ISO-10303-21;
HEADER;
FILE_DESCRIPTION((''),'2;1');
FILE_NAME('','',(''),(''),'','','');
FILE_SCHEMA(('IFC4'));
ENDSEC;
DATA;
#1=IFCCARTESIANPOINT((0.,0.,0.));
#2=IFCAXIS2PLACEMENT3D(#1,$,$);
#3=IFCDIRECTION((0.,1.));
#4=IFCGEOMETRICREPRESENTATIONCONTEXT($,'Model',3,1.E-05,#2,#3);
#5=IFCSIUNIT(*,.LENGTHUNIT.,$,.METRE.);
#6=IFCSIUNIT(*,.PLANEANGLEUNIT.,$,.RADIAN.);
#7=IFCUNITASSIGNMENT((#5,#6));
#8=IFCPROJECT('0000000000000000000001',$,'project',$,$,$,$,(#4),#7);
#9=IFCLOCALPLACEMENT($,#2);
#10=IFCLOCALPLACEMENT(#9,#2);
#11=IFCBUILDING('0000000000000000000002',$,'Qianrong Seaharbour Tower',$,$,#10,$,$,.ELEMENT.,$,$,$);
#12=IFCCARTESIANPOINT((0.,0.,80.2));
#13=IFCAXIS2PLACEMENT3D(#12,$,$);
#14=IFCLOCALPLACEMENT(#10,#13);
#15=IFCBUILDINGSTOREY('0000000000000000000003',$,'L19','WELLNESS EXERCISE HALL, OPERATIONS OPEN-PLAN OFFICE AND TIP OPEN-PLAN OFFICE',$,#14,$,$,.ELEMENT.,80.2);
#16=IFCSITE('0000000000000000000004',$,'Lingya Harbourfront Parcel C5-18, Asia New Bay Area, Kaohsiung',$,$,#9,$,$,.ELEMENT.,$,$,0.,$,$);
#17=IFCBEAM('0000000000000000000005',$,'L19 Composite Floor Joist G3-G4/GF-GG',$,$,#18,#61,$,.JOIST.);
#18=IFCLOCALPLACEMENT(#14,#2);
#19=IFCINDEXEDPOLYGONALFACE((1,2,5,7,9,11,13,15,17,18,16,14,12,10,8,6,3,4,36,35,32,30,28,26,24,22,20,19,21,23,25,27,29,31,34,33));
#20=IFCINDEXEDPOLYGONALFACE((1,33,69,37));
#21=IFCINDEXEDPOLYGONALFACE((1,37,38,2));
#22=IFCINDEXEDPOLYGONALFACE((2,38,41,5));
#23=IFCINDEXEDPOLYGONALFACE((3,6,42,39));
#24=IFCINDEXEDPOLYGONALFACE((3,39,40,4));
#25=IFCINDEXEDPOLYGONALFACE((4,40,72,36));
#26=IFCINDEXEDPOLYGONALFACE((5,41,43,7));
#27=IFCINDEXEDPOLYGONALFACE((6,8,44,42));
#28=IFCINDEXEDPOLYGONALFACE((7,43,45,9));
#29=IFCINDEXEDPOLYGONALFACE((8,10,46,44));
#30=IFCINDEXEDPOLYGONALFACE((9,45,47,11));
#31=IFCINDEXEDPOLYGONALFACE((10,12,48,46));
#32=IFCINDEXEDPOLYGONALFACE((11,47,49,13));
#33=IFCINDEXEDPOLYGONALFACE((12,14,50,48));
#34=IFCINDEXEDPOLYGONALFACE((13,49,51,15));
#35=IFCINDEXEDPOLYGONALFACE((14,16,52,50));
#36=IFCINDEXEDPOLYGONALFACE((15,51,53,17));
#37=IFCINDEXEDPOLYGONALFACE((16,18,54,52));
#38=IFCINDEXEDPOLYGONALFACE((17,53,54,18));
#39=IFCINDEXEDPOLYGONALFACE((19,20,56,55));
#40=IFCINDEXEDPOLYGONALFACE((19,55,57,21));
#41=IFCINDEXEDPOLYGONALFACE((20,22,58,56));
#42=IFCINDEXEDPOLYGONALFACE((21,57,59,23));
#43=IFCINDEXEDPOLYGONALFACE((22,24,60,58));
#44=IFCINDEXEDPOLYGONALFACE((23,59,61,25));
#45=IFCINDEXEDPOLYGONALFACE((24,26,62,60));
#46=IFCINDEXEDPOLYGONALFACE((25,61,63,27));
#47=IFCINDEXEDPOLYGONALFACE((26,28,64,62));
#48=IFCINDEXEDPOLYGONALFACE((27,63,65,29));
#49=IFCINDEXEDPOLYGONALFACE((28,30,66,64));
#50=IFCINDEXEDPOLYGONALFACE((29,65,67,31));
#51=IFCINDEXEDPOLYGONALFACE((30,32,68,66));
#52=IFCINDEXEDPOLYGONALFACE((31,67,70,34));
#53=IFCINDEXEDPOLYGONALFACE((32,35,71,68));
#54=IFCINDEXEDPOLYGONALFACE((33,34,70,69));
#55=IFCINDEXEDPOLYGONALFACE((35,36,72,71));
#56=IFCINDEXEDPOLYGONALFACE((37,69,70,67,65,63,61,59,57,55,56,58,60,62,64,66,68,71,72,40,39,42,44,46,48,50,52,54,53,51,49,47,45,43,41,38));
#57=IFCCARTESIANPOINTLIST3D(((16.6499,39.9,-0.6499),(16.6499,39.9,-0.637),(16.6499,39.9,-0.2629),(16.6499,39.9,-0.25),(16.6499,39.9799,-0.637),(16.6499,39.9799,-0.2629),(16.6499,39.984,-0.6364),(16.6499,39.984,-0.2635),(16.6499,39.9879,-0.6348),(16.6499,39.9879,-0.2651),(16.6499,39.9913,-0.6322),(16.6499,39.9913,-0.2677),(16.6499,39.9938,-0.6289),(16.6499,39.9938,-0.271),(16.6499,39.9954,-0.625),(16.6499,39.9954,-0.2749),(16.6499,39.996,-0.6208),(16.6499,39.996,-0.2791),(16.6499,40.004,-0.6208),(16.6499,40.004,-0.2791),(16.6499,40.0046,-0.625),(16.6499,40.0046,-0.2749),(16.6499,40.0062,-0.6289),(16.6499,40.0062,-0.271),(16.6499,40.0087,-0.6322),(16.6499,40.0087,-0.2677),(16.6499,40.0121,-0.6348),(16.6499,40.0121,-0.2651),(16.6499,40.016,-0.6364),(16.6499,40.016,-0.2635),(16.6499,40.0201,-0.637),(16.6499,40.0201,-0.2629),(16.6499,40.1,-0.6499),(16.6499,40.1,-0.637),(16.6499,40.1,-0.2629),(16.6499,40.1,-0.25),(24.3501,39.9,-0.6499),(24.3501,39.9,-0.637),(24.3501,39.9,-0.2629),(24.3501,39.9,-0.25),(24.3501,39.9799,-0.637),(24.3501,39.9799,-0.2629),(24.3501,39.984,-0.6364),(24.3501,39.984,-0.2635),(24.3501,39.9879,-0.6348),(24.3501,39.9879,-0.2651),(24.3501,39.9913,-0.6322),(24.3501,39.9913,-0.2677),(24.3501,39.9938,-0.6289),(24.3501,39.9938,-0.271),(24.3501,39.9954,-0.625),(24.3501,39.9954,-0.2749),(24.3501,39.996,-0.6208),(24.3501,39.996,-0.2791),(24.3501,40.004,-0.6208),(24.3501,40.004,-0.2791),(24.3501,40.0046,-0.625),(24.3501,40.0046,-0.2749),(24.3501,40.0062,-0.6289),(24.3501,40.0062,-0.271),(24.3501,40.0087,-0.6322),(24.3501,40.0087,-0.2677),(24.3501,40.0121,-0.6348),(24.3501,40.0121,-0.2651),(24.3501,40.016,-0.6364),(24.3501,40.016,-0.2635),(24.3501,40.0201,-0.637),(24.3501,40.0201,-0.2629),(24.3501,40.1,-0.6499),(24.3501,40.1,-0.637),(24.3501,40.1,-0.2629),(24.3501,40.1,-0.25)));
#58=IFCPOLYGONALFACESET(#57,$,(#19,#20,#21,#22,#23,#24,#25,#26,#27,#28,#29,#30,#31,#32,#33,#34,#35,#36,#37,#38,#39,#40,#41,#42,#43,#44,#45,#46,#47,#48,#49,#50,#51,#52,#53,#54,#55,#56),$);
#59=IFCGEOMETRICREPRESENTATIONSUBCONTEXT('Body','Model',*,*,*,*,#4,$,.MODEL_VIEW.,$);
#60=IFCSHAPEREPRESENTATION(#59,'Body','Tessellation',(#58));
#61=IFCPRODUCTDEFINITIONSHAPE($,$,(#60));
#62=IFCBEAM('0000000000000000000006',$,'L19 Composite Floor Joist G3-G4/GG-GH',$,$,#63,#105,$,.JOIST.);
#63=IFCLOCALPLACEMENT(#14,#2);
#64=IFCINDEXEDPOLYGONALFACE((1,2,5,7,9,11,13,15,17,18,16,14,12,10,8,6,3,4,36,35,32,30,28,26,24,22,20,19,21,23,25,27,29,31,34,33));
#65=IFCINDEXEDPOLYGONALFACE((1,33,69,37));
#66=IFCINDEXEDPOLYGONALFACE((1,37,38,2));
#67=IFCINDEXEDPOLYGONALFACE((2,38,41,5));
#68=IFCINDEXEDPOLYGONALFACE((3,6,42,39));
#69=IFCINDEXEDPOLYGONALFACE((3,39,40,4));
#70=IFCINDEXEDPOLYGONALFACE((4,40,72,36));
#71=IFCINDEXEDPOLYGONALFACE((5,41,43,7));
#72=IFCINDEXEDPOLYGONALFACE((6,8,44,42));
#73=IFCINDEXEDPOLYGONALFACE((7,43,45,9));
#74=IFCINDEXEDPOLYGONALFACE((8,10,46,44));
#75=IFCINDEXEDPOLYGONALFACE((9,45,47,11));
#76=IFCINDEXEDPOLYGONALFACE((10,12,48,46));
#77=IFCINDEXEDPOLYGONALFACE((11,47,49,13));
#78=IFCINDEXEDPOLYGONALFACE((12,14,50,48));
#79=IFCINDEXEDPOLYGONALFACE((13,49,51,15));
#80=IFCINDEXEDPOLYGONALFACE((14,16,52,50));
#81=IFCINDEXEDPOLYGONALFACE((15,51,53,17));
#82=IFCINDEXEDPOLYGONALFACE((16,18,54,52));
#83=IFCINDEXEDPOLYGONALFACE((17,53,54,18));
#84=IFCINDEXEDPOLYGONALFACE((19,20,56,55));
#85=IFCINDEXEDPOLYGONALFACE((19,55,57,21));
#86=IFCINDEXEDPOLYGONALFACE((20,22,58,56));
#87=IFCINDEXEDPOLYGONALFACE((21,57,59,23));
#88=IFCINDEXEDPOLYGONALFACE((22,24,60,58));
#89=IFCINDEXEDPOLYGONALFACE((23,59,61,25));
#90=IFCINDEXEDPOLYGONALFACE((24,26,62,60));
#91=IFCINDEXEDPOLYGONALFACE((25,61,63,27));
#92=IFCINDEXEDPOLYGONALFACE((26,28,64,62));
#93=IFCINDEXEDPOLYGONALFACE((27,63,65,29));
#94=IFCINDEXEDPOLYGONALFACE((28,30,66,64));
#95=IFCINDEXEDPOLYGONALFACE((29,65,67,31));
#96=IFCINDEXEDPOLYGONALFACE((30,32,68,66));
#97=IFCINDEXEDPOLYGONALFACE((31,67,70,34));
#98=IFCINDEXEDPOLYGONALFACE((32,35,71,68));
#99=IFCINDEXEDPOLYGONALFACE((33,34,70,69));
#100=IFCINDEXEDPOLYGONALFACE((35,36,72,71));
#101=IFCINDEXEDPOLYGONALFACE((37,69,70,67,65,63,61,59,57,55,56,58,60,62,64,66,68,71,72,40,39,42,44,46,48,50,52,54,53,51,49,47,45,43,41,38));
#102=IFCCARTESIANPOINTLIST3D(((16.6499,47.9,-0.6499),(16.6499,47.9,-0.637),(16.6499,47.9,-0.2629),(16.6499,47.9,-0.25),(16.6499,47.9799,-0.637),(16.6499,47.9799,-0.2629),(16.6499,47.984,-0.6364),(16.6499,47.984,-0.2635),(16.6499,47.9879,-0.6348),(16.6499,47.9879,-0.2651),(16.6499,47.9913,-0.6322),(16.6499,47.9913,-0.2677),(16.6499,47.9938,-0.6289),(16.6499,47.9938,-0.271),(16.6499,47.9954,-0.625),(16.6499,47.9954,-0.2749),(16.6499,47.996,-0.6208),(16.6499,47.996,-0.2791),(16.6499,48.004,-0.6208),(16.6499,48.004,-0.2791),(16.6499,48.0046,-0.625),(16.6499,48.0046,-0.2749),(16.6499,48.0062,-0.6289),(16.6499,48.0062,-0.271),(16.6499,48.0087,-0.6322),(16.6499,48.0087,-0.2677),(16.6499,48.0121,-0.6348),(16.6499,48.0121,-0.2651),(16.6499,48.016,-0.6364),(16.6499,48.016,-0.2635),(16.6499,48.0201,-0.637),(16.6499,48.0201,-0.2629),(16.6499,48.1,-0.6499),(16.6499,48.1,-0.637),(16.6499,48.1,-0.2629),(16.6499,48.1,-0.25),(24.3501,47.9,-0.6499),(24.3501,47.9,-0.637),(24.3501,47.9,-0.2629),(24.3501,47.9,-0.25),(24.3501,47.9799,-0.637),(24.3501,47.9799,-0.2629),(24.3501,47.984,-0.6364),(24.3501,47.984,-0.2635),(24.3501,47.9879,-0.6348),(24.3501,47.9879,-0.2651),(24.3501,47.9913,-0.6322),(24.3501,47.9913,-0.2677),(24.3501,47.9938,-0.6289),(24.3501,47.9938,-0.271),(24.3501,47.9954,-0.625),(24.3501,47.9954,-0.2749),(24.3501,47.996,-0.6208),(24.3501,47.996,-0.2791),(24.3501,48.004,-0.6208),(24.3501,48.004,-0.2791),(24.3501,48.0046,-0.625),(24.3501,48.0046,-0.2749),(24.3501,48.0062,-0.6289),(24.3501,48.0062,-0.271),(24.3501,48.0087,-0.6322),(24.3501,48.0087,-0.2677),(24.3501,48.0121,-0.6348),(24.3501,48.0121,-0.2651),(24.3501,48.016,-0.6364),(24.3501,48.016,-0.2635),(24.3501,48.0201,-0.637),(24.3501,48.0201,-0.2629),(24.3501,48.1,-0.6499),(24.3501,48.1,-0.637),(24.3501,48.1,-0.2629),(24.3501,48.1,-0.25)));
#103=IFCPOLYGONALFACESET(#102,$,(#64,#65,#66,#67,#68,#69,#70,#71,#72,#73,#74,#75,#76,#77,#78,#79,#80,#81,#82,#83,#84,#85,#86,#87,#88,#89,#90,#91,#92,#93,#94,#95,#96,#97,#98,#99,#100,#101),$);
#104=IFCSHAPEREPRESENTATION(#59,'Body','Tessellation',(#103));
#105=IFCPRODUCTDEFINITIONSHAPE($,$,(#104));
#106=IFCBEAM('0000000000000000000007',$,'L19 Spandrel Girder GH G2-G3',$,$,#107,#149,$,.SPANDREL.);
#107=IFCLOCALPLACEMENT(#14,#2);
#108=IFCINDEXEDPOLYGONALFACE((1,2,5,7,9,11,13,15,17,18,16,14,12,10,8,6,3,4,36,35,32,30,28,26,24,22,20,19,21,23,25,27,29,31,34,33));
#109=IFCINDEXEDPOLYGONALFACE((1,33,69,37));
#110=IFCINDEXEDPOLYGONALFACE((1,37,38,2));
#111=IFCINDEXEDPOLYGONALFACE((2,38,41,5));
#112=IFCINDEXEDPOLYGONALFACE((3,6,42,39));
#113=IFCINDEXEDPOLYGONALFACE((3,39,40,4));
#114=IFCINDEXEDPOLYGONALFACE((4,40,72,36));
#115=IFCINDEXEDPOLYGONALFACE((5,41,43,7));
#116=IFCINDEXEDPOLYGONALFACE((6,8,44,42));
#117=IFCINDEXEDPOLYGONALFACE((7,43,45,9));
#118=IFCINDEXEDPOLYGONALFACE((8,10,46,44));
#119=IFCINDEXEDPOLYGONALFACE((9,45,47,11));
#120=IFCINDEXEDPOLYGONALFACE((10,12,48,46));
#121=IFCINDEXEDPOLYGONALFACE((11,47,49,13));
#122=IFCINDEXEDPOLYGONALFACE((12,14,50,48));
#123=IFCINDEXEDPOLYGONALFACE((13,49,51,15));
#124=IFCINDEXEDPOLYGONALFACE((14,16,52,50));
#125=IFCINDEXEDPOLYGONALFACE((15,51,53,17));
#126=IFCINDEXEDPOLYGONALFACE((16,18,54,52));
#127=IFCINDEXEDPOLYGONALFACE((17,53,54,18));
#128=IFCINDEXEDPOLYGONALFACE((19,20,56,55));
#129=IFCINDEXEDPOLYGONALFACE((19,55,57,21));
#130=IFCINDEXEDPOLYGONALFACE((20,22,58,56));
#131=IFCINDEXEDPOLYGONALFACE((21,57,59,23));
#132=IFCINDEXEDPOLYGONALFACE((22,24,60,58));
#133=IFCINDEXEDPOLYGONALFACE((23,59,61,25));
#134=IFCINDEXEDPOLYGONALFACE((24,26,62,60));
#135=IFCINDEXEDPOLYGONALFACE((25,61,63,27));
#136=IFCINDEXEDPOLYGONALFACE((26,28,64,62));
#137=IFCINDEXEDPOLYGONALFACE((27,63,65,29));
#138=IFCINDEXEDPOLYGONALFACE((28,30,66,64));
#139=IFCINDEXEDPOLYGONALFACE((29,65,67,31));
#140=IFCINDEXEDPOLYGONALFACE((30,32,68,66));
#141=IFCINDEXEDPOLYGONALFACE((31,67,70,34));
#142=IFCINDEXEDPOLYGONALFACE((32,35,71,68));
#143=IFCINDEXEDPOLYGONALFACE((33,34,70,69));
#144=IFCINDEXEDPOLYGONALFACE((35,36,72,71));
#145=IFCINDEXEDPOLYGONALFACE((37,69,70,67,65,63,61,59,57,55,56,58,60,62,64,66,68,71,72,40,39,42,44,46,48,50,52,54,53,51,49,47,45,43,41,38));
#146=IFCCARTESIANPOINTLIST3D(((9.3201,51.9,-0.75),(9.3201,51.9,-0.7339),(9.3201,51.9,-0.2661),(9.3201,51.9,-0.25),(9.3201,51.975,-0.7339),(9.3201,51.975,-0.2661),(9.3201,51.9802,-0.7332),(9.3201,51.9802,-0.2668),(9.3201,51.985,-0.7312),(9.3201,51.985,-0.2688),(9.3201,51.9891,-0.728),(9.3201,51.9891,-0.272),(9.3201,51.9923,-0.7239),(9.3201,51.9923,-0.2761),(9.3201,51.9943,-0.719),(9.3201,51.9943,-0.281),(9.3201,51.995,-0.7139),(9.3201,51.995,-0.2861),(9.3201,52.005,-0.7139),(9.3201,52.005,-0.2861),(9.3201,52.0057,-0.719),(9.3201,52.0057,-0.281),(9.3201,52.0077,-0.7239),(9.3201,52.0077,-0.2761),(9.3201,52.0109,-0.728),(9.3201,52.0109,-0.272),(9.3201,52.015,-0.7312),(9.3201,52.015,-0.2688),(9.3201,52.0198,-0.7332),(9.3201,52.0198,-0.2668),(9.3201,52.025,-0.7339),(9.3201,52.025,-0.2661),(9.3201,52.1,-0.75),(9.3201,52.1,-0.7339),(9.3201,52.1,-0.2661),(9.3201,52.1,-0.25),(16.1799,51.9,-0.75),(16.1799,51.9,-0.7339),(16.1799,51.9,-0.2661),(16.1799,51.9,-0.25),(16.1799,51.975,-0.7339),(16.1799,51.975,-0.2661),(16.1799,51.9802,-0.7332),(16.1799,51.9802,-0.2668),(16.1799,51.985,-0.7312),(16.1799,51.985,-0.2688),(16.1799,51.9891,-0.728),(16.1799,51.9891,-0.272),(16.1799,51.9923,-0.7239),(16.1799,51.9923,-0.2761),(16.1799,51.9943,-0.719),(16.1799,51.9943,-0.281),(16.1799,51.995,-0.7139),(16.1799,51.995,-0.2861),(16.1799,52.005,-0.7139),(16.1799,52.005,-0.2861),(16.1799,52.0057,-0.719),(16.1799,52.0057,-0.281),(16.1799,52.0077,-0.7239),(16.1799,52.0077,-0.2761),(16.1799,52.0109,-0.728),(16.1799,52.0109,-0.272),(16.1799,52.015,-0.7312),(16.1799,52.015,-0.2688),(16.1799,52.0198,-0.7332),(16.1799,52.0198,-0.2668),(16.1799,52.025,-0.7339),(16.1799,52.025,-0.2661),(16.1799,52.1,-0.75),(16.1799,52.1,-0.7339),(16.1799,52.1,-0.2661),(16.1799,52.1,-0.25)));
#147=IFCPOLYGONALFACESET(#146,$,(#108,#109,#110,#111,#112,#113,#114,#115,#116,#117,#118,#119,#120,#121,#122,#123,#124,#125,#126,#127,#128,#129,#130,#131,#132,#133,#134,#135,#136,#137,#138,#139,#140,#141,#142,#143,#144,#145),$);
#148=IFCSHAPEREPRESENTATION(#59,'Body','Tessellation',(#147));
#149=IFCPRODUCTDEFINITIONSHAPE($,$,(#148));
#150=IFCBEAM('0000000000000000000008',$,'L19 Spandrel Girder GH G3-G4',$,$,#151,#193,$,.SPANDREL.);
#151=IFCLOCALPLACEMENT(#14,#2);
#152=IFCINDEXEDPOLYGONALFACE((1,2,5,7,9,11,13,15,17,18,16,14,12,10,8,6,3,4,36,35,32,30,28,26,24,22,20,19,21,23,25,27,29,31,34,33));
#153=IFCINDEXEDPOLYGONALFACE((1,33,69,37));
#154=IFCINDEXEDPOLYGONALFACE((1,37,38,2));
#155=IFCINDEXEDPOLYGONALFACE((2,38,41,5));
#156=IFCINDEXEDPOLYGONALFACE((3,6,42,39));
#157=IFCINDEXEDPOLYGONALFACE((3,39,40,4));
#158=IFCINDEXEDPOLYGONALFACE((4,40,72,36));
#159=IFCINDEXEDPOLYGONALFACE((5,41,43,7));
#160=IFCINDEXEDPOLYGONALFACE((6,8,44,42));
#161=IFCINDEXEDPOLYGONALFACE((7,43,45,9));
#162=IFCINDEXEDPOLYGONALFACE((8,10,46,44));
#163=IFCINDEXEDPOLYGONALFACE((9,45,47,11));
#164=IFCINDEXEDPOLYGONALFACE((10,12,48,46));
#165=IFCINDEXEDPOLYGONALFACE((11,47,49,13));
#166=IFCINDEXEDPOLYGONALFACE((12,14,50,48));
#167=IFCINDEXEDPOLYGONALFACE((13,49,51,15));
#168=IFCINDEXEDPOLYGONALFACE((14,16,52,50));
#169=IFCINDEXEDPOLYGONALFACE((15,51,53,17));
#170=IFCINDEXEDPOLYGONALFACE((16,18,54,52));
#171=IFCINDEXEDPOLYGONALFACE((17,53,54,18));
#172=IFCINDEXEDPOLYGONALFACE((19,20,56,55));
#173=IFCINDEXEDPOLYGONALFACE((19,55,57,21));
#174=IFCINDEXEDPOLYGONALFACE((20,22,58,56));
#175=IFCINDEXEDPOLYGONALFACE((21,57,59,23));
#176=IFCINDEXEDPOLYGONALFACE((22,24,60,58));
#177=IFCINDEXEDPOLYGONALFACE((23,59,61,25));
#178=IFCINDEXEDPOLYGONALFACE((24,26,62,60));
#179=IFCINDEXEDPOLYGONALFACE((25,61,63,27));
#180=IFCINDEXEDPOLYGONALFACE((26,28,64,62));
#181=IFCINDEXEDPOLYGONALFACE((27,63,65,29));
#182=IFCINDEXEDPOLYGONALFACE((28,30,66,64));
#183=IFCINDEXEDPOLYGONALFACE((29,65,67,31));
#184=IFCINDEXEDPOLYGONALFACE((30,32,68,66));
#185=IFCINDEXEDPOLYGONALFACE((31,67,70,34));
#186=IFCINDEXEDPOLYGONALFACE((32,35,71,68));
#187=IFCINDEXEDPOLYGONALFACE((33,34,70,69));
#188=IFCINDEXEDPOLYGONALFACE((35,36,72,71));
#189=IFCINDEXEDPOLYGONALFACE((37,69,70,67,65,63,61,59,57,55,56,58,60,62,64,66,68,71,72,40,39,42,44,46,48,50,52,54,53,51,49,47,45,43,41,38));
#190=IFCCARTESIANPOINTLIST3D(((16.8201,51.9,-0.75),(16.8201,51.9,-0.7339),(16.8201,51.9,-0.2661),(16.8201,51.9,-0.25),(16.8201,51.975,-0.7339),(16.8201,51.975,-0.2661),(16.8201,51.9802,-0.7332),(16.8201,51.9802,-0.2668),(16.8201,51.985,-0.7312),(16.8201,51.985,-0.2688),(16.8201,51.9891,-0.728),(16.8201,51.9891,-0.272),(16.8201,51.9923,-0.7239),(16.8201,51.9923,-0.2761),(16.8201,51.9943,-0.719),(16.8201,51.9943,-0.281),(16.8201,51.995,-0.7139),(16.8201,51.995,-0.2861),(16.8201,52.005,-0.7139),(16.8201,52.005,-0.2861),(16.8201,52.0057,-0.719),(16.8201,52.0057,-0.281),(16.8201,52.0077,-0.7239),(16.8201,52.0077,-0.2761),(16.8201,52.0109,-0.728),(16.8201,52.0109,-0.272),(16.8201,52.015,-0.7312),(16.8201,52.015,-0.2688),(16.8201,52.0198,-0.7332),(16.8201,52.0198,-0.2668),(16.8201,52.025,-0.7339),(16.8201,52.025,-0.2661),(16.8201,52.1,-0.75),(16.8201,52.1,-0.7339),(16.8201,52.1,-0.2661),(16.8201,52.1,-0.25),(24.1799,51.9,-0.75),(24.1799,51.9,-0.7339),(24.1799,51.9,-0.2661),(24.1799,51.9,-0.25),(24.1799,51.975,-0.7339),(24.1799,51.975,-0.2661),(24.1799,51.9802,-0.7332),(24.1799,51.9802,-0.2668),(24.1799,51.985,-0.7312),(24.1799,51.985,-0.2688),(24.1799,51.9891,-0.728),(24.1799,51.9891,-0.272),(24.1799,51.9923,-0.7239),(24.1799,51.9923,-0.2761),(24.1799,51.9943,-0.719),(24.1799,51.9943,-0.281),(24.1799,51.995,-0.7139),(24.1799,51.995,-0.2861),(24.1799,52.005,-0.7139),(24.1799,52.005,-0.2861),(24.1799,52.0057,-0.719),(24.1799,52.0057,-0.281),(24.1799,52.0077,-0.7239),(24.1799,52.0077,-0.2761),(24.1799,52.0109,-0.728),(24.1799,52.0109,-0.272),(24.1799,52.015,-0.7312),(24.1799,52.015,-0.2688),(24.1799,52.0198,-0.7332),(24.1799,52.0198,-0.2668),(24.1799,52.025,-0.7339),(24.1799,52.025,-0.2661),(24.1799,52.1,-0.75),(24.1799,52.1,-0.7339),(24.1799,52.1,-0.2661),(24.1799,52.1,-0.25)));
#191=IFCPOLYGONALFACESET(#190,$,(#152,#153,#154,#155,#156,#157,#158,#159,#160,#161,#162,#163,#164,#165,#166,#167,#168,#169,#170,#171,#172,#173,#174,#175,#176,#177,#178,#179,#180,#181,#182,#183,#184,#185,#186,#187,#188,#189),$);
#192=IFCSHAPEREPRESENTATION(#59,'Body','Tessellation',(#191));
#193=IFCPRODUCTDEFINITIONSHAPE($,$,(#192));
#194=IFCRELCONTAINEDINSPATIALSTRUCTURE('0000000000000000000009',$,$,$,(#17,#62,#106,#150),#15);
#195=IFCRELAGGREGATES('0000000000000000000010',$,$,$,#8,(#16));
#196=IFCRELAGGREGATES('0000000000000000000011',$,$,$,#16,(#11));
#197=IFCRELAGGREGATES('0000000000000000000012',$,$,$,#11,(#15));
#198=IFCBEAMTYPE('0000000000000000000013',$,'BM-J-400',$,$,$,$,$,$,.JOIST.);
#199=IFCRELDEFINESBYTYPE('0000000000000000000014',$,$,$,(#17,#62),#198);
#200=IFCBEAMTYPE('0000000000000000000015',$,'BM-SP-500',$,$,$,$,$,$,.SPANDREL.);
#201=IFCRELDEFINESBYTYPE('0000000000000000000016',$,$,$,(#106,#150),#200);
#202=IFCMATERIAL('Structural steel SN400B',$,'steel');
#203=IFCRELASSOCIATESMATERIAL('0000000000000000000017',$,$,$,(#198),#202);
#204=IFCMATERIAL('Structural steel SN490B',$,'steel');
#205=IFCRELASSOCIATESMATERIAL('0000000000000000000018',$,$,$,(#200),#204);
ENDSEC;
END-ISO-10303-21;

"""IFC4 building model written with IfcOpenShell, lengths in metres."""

from ifc_helpers import new_model, si_unit, direction, frame, origin, origin_2d, place, context, subcontext, project, spatial, i_section, extrude, material, material_profile, profile_set, type_object, element, save


model = new_model("IFC4")

# Units and contexts
model_context = context("Model", 3, precision=1e-05, world=origin(), true_north=direction((0.0, 1.0)))
body_context = subcontext(model_context, "Body", "Model", "MODEL_VIEW")
ifc_project = project(units=[si_unit("LENGTHUNIT", "METRE"), si_unit("PLANEANGLEUNIT", "RADIAN")], contexts=[model_context])

# Site, building, storey
site_placement = place(None, origin())
site = spatial("IfcSite", under=ifc_project, at=site_placement, Name="Lingya Harbourfront Parcel C5-18, Asia New Bay Area, Kaohsiung", CompositionType="ELEMENT", RefElevation=0.0)
building_placement = place(site_placement, origin())
building = spatial("IfcBuilding", under=site, at=building_placement, Name="Qianrong Seaharbour Tower", CompositionType="ELEMENT")
storey_placement = place(building_placement, frame((0.0, 0.0, 80.2)))
storey = spatial("IfcBuildingStorey", under=building, at=storey_placement, Name="L19", Description="WELLNESS EXERCISE HALL, OPERATIONS OPEN-PLAN OFFICE AND TIP OPEN-PLAN OFFICE", CompositionType="ELEMENT", Elevation=80.2)

# Shared definitions
ifc_material_1 = material(Name="Structural steel SN490B", Category="steel")

# Beams
ifc_material_2 = material(Name="Structural steel SN400B", Category="steel")
ifc_material_profile_1 = material_profile(ifc_material_2, i_section(OverallWidth=0.2, OverallDepth=0.3999, WebThickness=0.0081, FlangeThickness=0.0129, FilletRadius=0.0161, at=origin_2d()), Name="H400x200x8x13")
ifc_profile_set_1 = profile_set([ifc_material_profile_1], Name="Structural steel SN400B")
beam_type_1 = type_object("IfcBeamType", Name="BM-J-400", PredefinedType="JOIST", material=ifc_profile_set_1)
for number, where, z_axis, x_axis, name in (
    (1, (16.6499, 40.0, -0.45), (1.0, 0.0, 0.0), (0.0, 1.0, 0.0), "L19 Composite Floor Joist G3-G4/GF-GG"),
    (2, (16.6499, 48.0, -0.45), (1.0, 0.0, 0.0), (0.0, 1.0, 0.0), "L19 Composite Floor Joist G3-G4/GG-GH"),
):
    element("IfcBeam", number, at=place(storey_placement, frame(where, z_axis=z_axis, x_axis=x_axis)), inside=storey, type_object=beam_type_1, Name=name, PredefinedType="JOIST", context=body_context, shape_type="SweptSolid", body=[
        extrude(i_section(OverallWidth=0.2, OverallDepth=0.3999, WebThickness=0.0081, FlangeThickness=0.0129, FilletRadius=0.0161, at=origin_2d()), origin(), (0.0, 0.0, 1.0), 7.7002),
    ])
ifc_material_profile_2 = material_profile(ifc_material_1, i_section(OverallWidth=0.2, OverallDepth=0.5, WebThickness=0.01, FlangeThickness=0.0161, FilletRadius=0.02, at=origin_2d()), Name="H500x200x10x16")
ifc_profile_set_2 = profile_set([ifc_material_profile_2], Name="Structural steel SN490B")
beam_type_2 = type_object("IfcBeamType", Name="BM-SP-500", PredefinedType="SPANDREL", material=ifc_profile_set_2)
beam_1_placement = place(storey_placement, frame((9.3201, 52.0, -0.5), z_axis=(1.0, 0.0, 0.0), x_axis=(0.0, 1.0, 0.0)))
element("IfcBeam", 3, at=beam_1_placement, inside=storey, type_object=beam_type_2, Name="L19 Spandrel Girder GH G2-G3", PredefinedType="SPANDREL", context=body_context, shape_type="SweptSolid", body=[
    extrude(i_section(OverallWidth=0.2, OverallDepth=0.5, WebThickness=0.01, FlangeThickness=0.0161, FilletRadius=0.02, at=origin_2d()), origin(), (0.0, 0.0, 1.0), 6.8599),
])
beam_2_placement = place(storey_placement, frame((16.8201, 52.0, -0.5), z_axis=(1.0, 0.0, 0.0), x_axis=(0.0, 1.0, 0.0)))
element("IfcBeam", 4, at=beam_2_placement, inside=storey, type_object=beam_type_2, Name="L19 Spandrel Girder GH G3-G4", PredefinedType="SPANDREL", context=body_context, shape_type="SweptSolid", body=[
    extrude(i_section(OverallWidth=0.2, OverallDepth=0.5, WebThickness=0.01, FlangeThickness=0.0161, FilletRadius=0.02, at=origin_2d()), origin(), (0.0, 0.0, 1.0), 7.3599),
])

save(model, "model.ifc")
